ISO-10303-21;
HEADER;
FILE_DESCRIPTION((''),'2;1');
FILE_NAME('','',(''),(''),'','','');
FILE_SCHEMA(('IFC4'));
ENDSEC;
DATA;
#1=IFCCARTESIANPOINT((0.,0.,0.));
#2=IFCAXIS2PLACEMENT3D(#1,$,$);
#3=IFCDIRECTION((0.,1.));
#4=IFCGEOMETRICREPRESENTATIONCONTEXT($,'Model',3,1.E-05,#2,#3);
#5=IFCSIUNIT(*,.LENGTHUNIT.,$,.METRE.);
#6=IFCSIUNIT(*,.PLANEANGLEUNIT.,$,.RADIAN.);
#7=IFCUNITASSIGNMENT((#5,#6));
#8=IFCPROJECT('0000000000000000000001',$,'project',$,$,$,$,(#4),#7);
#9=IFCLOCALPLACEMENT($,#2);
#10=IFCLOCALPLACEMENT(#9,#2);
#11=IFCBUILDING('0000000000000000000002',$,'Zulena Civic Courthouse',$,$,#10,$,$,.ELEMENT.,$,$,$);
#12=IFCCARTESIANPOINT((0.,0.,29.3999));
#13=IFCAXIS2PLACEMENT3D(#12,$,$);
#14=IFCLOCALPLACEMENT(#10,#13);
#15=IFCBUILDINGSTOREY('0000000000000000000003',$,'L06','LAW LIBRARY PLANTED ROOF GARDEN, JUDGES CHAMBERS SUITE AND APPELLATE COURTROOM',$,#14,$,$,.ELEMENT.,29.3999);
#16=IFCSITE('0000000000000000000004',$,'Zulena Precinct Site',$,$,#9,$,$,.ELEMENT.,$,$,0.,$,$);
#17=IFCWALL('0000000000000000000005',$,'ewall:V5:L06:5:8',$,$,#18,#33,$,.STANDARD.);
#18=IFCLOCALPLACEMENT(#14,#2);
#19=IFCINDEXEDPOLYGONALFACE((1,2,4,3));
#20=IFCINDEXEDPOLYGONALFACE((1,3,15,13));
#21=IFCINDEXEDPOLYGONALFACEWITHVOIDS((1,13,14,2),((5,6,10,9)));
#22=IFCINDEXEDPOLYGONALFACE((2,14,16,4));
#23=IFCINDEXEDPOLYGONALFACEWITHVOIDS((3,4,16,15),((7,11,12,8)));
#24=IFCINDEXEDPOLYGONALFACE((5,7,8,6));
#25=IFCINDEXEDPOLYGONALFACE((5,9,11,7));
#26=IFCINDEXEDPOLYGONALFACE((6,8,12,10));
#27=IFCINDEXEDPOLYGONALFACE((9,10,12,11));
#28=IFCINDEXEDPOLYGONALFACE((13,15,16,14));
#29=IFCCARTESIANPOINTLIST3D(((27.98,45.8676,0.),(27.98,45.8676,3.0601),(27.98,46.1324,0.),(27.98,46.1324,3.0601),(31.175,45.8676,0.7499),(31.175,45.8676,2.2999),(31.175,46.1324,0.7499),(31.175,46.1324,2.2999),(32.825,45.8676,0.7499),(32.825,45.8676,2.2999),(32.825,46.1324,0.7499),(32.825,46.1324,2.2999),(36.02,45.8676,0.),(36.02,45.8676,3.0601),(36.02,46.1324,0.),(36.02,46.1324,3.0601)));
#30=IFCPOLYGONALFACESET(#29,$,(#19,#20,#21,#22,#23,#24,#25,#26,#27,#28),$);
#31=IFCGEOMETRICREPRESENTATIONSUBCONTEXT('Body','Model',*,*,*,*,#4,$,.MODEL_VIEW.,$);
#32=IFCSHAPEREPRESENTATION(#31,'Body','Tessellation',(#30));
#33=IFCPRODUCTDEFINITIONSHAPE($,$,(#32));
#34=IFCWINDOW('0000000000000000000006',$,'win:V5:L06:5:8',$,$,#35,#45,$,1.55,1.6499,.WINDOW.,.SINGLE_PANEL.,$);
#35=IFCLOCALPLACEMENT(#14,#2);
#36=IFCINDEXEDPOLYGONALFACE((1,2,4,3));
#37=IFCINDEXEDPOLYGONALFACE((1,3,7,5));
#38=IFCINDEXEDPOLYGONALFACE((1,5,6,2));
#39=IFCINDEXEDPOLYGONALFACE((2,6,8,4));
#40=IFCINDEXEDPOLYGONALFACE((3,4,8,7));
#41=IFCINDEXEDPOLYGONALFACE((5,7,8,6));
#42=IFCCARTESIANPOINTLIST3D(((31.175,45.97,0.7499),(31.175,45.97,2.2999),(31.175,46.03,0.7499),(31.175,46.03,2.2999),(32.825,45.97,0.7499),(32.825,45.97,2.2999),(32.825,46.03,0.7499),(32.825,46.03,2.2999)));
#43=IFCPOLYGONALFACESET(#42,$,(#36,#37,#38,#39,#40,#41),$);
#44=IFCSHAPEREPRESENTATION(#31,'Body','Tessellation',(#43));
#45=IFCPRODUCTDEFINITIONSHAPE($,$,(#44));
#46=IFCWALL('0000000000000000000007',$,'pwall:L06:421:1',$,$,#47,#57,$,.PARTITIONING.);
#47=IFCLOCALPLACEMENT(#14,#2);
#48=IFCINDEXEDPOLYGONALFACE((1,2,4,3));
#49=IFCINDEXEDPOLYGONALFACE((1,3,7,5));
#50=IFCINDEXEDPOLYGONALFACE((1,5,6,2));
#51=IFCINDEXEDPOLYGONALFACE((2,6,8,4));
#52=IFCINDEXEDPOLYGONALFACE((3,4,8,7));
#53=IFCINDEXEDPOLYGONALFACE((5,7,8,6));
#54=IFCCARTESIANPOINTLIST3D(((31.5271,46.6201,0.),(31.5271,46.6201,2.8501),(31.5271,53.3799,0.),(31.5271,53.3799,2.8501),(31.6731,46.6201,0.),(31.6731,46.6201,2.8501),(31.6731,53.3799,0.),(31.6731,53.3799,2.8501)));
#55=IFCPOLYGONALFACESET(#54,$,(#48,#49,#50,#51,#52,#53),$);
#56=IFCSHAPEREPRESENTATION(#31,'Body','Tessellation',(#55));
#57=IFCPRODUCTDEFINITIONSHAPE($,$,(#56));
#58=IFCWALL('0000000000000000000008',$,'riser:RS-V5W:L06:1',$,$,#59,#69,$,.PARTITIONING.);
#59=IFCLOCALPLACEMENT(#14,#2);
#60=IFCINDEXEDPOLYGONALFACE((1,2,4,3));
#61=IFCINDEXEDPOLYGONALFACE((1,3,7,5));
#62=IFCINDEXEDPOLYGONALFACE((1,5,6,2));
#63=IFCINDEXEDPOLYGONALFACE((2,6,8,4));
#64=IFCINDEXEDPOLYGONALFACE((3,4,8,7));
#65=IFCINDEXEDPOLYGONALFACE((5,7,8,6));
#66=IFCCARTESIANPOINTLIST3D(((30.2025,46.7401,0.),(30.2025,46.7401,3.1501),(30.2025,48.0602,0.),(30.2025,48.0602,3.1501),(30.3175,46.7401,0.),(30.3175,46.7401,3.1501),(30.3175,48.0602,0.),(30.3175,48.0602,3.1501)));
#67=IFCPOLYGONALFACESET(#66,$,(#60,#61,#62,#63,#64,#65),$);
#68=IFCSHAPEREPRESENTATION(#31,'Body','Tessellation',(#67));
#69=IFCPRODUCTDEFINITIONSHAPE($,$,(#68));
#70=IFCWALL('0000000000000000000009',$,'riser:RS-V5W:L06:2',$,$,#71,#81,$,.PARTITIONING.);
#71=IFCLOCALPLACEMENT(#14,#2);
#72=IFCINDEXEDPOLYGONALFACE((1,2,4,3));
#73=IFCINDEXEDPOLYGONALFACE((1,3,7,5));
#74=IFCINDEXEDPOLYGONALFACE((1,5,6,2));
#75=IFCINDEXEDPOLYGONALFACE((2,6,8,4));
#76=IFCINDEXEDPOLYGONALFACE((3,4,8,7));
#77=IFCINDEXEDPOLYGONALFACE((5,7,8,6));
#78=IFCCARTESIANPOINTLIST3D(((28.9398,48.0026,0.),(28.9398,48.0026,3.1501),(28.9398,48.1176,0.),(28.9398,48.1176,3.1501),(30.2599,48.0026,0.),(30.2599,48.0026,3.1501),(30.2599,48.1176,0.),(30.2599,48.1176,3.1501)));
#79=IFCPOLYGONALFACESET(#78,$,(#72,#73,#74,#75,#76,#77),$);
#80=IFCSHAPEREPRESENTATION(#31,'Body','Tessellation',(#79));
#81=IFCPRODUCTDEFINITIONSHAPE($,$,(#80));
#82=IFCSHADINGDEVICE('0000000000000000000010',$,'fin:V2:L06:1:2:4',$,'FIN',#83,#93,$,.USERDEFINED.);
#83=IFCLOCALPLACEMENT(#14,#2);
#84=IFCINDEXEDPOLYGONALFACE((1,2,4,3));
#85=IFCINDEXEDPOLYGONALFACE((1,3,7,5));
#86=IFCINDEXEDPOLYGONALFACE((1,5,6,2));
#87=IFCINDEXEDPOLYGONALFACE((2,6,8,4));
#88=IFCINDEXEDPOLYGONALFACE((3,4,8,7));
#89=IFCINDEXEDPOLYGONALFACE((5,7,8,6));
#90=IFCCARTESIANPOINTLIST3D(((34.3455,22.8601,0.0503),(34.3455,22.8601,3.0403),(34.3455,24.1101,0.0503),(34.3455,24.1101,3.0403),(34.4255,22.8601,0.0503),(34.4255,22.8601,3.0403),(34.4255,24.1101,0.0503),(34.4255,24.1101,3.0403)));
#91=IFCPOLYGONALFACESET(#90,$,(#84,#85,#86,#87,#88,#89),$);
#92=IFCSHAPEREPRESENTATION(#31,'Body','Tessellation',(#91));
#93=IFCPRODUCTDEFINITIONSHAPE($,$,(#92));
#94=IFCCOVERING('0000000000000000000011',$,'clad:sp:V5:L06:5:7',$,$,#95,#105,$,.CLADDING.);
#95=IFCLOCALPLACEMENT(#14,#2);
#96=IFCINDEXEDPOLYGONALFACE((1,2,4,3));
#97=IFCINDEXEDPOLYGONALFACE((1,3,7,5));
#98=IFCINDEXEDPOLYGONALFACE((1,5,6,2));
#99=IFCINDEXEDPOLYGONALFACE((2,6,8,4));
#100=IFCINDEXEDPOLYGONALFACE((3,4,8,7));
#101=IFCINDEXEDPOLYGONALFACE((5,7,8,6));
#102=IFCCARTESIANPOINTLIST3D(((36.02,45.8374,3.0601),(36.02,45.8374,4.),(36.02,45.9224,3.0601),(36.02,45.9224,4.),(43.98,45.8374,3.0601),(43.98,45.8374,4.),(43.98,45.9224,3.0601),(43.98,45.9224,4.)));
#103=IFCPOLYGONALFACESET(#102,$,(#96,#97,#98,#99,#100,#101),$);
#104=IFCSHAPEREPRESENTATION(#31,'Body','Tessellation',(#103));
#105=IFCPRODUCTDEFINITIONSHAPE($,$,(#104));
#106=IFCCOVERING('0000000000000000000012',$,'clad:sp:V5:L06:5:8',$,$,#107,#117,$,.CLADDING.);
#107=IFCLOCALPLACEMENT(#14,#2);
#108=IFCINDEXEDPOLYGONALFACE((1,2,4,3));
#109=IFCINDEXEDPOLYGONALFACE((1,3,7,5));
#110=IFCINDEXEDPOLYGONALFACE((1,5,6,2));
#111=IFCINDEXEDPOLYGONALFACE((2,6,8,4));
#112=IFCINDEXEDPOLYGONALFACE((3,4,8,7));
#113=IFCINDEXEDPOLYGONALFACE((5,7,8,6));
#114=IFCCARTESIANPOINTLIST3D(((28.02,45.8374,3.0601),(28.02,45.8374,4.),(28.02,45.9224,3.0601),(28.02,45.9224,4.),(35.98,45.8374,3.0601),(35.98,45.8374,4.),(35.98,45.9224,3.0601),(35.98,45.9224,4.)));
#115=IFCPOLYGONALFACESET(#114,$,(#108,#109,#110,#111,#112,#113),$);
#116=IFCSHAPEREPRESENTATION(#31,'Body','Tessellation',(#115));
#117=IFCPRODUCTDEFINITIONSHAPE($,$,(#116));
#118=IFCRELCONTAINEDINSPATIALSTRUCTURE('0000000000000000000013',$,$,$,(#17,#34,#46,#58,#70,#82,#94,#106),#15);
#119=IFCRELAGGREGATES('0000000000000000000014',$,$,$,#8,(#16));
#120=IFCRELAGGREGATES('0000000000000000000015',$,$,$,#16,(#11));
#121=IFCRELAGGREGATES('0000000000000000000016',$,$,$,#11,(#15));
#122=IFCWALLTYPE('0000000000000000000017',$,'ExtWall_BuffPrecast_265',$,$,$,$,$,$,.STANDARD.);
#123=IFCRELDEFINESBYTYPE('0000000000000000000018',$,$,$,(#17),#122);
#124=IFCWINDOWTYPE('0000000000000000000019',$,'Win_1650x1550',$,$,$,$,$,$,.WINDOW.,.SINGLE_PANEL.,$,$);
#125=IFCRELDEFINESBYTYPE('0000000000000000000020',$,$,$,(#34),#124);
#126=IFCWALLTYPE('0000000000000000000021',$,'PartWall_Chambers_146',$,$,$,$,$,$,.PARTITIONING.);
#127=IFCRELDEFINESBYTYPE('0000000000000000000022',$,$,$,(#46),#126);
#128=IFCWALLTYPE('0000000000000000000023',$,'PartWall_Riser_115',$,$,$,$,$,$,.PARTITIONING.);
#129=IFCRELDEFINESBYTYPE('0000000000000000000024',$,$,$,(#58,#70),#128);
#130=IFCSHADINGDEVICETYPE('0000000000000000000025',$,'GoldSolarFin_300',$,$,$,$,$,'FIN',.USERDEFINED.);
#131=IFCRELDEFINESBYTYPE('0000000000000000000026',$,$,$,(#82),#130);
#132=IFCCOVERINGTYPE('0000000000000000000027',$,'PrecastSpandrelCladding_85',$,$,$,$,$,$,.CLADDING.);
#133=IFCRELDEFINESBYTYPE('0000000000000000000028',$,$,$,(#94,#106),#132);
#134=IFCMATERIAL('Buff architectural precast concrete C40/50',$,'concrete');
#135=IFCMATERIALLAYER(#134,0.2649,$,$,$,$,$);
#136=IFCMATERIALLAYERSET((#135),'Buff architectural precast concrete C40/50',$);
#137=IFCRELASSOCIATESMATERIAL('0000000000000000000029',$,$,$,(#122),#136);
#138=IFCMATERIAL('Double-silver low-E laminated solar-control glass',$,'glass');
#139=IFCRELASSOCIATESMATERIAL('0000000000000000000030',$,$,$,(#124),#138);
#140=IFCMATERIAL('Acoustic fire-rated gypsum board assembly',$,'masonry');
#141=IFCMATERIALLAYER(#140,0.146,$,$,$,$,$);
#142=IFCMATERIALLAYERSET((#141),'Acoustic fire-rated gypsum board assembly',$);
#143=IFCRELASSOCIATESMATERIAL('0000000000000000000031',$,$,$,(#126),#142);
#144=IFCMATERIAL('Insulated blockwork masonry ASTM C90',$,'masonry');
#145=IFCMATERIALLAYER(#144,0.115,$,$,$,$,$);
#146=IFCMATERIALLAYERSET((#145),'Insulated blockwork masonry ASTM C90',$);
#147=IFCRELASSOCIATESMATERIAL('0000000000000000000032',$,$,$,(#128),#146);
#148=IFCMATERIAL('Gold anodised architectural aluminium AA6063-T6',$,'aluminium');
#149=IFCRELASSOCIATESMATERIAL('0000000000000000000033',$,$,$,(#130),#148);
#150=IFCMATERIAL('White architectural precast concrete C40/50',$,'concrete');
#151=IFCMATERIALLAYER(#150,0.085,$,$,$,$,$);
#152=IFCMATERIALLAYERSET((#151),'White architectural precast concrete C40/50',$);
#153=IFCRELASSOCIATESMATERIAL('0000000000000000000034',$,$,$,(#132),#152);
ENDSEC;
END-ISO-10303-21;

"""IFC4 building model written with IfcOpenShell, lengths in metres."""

from ifc_helpers import new_model, si_unit, direction, frame, frame_2d, origin, origin_2d, place, context, subcontext, project, spatial, rectangle, extrude, material, layer, layer_set, type_object, element, fill, save


model = new_model("IFC4")

# Units and contexts
model_context = context("Model", 3, precision=1e-05, world=origin(), true_north=direction((0.0, 1.0)))
body_context = subcontext(model_context, "Body", "Model", "MODEL_VIEW")
ifc_project = project(units=[si_unit("LENGTHUNIT", "METRE"), si_unit("PLANEANGLEUNIT", "RADIAN")], contexts=[model_context])

# Site, building, storey
site_placement = place(None, origin())
site = spatial("IfcSite", under=ifc_project, at=site_placement, Name="Zulena Precinct Site", CompositionType="ELEMENT", RefElevation=0.0)
building_placement = place(site_placement, origin())
building = spatial("IfcBuilding", under=site, at=building_placement, Name="Zulena Civic Courthouse", CompositionType="ELEMENT")
storey_placement = place(building_placement, frame((0.0, 0.0, 29.3999)))
storey = spatial("IfcBuildingStorey", under=building, at=storey_placement, Name="L06", Description="LAW LIBRARY PLANTED ROOF GARDEN, JUDGES CHAMBERS SUITE AND APPELLATE COURTROOM", CompositionType="ELEMENT", Elevation=29.3999)

# Shared definitions
ifc_material_1 = material(Name="Double-silver low-E laminated solar-control glass", Category="glass")

# Shared definitions
ifc_material_2 = material(Name="Buff architectural precast concrete C40/50", Category="concrete")
ifc_layer_1 = layer(ifc_material_2, 0.2649)
ifc_layer_set_1 = layer_set([ifc_layer_1], Name="Buff architectural precast concrete C40/50")
wall_type_1 = type_object("IfcWallType", Name="ExtWall_BuffPrecast_265", PredefinedType="STANDARD", material=ifc_layer_set_1)

# Wall, opening, window
wall_1_placement = place(storey_placement, frame((36.02, 46.0, 0.0), z_axis=(0.0, 0.0, 1.0), x_axis=(-1.0, 0.0, 0.0)))
wall_1 = element("IfcWall", 1, at=wall_1_placement, inside=storey, type_object=wall_type_1, Name="ewall:V5:L06:5:8", PredefinedType="STANDARD", context=body_context, shape_type="SweptSolid", body=[
    extrude(rectangle(XDim=8.04, YDim=0.2649, at=frame_2d((4.02, 0.0))), origin(), (0.0, 0.0, 1.0), 3.0601),
])
opening_placement = place(wall_1_placement, frame((3.1951, 0.0, 0.75)))
opening = element("IfcOpeningElement", 2, at=opening_placement, cuts=wall_1, PredefinedType="OPENING", context=body_context, shape_type="SweptSolid", body=[
    extrude(rectangle(XDim=1.6499, YDim=1.55, at=frame_2d((0.825, 0.7749))), frame((0.0, 0.1423, 0.0), z_axis=(0.0, -1.0, 0.0), x_axis=(1.0, 0.0, 0.0)), (0.0, 0.0, 1.0), 0.2849),
])
window_type = type_object("IfcWindowType", Name="Win_1650x1550", PartitioningType="SINGLE_PANEL", PredefinedType="WINDOW", material=ifc_material_1)
window_placement = place(opening_placement, origin())
window = element("IfcWindow", 3, at=window_placement, inside=storey, type_object=window_type, Name="win:V5:L06:5:8", OverallHeight=1.55, OverallWidth=1.6499, PartitioningType="SINGLE_PANEL", PredefinedType="WINDOW", context=body_context, shape_type="SweptSolid", body=[
    extrude(rectangle(XDim=1.6499, YDim=1.55, at=frame_2d((0.825, 0.7749))), frame((0.0, 0.03, 0.0), z_axis=(0.0, -1.0, 0.0), x_axis=(1.0, 0.0, 0.0)), (0.0, 0.0, 1.0), 0.0601),
])
fill(opening, window)

# Walls
ifc_material_3 = material(Name="Acoustic fire-rated gypsum board assembly", Category="masonry")
ifc_layer_2 = layer(ifc_material_3, 0.146)
ifc_layer_set_2 = layer_set([ifc_layer_2], Name="Acoustic fire-rated gypsum board assembly")
wall_type_2 = type_object("IfcWallType", Name="PartWall_Chambers_146", PredefinedType="PARTITIONING", material=ifc_layer_set_2)
wall_2_placement = place(storey_placement, frame((31.6001, 46.6201, 0.0), z_axis=(0.0, 0.0, 1.0), x_axis=(0.0, 1.0, 0.0)))
element("IfcWall", 4, at=wall_2_placement, inside=storey, type_object=wall_type_2, Name="pwall:L06:421:1", PredefinedType="PARTITIONING", context=body_context, shape_type="SweptSolid", body=[
    extrude(rectangle(XDim=6.7598, YDim=0.146, at=frame_2d((3.3799, 0.0))), origin(), (0.0, 0.0, 1.0), 2.8501),
])
ifc_material_4 = material(Name="Insulated blockwork masonry ASTM C90", Category="masonry")
ifc_layer_3 = layer(ifc_material_4, 0.115)
ifc_layer_set_3 = layer_set([ifc_layer_3], Name="Insulated blockwork masonry ASTM C90")
wall_type_3 = type_object("IfcWallType", Name="PartWall_Riser_115", PredefinedType="PARTITIONING", material=ifc_layer_set_3)
for number, where, z_axis, x_axis, name in (
    (5, (30.26, 46.74, 0.0), (0.0, 0.0, 1.0), (0.0, 1.0, 0.0), "riser:RS-V5W:L06:1"),
    (6, (30.26, 48.0601, 0.0), (0.0, 0.0, 1.0), (-1.0, 0.0, 0.0), "riser:RS-V5W:L06:2"),
):
    element("IfcWall", number, at=place(storey_placement, frame(where, z_axis=z_axis, x_axis=x_axis)), inside=storey, type_object=wall_type_3, Name=name, PredefinedType="PARTITIONING", context=body_context, shape_type="SweptSolid", body=[
        extrude(rectangle(XDim=1.3201, YDim=0.115, at=frame_2d((0.6602, 0.0))), origin(), (0.0, 0.0, 1.0), 3.1501),
    ])

# Shading device
ifc_material_5 = material(Name="Gold anodised architectural aluminium AA6063-T6", Category="aluminium")
shading_device_type = type_object("IfcShadingDeviceType", Name="GoldSolarFin_300", ElementType="FIN", PredefinedType="USERDEFINED", material=ifc_material_5)
shading_device_placement = place(storey_placement, frame((34.3855, 23.4851, 0.0503), z_axis=(0.0, 0.0, 1.0), x_axis=(0.0, 1.0, 0.0)))
element("IfcShadingDevice", 7, at=shading_device_placement, inside=storey, type_object=shading_device_type, Name="fin:V2:L06:1:2:4", ObjectType="FIN", PredefinedType="USERDEFINED", context=body_context, shape_type="SweptSolid", body=[
    extrude(rectangle(XDim=1.25, YDim=0.0801, at=origin_2d()), origin(), (0.0, 0.0, 1.0), 2.99),
])

# Coverings
ifc_material_6 = material(Name="White architectural precast concrete C40/50", Category="concrete")
ifc_layer_4 = layer(ifc_material_6, 0.085)
ifc_layer_set_4 = layer_set([ifc_layer_4], Name="White architectural precast concrete C40/50")
covering_type = type_object("IfcCoveringType", Name="PrecastSpandrelCladding_85", PredefinedType="CLADDING", material=ifc_layer_set_4)
for number, where, z_axis, x_axis, name in (
    (8, (40.0, 45.8799, 3.0601), (0.0, 0.0, 1.0), (-1.0, 0.0, 0.0), "clad:sp:V5:L06:5:7"),
    (9, (32.0, 45.8799, 3.0601), (0.0, 0.0, 1.0), (-1.0, 0.0, 0.0), "clad:sp:V5:L06:5:8"),
):
    element("IfcCovering", number, at=place(storey_placement, frame(where, z_axis=z_axis, x_axis=x_axis)), inside=storey, type_object=covering_type, Name=name, PredefinedType="CLADDING", context=body_context, shape_type="SweptSolid", body=[
        extrude(rectangle(XDim=7.96, YDim=0.085, at=origin_2d()), origin(), (0.0, 0.0, 1.0), 0.9399),
    ])

save(model, "model.ifc")
